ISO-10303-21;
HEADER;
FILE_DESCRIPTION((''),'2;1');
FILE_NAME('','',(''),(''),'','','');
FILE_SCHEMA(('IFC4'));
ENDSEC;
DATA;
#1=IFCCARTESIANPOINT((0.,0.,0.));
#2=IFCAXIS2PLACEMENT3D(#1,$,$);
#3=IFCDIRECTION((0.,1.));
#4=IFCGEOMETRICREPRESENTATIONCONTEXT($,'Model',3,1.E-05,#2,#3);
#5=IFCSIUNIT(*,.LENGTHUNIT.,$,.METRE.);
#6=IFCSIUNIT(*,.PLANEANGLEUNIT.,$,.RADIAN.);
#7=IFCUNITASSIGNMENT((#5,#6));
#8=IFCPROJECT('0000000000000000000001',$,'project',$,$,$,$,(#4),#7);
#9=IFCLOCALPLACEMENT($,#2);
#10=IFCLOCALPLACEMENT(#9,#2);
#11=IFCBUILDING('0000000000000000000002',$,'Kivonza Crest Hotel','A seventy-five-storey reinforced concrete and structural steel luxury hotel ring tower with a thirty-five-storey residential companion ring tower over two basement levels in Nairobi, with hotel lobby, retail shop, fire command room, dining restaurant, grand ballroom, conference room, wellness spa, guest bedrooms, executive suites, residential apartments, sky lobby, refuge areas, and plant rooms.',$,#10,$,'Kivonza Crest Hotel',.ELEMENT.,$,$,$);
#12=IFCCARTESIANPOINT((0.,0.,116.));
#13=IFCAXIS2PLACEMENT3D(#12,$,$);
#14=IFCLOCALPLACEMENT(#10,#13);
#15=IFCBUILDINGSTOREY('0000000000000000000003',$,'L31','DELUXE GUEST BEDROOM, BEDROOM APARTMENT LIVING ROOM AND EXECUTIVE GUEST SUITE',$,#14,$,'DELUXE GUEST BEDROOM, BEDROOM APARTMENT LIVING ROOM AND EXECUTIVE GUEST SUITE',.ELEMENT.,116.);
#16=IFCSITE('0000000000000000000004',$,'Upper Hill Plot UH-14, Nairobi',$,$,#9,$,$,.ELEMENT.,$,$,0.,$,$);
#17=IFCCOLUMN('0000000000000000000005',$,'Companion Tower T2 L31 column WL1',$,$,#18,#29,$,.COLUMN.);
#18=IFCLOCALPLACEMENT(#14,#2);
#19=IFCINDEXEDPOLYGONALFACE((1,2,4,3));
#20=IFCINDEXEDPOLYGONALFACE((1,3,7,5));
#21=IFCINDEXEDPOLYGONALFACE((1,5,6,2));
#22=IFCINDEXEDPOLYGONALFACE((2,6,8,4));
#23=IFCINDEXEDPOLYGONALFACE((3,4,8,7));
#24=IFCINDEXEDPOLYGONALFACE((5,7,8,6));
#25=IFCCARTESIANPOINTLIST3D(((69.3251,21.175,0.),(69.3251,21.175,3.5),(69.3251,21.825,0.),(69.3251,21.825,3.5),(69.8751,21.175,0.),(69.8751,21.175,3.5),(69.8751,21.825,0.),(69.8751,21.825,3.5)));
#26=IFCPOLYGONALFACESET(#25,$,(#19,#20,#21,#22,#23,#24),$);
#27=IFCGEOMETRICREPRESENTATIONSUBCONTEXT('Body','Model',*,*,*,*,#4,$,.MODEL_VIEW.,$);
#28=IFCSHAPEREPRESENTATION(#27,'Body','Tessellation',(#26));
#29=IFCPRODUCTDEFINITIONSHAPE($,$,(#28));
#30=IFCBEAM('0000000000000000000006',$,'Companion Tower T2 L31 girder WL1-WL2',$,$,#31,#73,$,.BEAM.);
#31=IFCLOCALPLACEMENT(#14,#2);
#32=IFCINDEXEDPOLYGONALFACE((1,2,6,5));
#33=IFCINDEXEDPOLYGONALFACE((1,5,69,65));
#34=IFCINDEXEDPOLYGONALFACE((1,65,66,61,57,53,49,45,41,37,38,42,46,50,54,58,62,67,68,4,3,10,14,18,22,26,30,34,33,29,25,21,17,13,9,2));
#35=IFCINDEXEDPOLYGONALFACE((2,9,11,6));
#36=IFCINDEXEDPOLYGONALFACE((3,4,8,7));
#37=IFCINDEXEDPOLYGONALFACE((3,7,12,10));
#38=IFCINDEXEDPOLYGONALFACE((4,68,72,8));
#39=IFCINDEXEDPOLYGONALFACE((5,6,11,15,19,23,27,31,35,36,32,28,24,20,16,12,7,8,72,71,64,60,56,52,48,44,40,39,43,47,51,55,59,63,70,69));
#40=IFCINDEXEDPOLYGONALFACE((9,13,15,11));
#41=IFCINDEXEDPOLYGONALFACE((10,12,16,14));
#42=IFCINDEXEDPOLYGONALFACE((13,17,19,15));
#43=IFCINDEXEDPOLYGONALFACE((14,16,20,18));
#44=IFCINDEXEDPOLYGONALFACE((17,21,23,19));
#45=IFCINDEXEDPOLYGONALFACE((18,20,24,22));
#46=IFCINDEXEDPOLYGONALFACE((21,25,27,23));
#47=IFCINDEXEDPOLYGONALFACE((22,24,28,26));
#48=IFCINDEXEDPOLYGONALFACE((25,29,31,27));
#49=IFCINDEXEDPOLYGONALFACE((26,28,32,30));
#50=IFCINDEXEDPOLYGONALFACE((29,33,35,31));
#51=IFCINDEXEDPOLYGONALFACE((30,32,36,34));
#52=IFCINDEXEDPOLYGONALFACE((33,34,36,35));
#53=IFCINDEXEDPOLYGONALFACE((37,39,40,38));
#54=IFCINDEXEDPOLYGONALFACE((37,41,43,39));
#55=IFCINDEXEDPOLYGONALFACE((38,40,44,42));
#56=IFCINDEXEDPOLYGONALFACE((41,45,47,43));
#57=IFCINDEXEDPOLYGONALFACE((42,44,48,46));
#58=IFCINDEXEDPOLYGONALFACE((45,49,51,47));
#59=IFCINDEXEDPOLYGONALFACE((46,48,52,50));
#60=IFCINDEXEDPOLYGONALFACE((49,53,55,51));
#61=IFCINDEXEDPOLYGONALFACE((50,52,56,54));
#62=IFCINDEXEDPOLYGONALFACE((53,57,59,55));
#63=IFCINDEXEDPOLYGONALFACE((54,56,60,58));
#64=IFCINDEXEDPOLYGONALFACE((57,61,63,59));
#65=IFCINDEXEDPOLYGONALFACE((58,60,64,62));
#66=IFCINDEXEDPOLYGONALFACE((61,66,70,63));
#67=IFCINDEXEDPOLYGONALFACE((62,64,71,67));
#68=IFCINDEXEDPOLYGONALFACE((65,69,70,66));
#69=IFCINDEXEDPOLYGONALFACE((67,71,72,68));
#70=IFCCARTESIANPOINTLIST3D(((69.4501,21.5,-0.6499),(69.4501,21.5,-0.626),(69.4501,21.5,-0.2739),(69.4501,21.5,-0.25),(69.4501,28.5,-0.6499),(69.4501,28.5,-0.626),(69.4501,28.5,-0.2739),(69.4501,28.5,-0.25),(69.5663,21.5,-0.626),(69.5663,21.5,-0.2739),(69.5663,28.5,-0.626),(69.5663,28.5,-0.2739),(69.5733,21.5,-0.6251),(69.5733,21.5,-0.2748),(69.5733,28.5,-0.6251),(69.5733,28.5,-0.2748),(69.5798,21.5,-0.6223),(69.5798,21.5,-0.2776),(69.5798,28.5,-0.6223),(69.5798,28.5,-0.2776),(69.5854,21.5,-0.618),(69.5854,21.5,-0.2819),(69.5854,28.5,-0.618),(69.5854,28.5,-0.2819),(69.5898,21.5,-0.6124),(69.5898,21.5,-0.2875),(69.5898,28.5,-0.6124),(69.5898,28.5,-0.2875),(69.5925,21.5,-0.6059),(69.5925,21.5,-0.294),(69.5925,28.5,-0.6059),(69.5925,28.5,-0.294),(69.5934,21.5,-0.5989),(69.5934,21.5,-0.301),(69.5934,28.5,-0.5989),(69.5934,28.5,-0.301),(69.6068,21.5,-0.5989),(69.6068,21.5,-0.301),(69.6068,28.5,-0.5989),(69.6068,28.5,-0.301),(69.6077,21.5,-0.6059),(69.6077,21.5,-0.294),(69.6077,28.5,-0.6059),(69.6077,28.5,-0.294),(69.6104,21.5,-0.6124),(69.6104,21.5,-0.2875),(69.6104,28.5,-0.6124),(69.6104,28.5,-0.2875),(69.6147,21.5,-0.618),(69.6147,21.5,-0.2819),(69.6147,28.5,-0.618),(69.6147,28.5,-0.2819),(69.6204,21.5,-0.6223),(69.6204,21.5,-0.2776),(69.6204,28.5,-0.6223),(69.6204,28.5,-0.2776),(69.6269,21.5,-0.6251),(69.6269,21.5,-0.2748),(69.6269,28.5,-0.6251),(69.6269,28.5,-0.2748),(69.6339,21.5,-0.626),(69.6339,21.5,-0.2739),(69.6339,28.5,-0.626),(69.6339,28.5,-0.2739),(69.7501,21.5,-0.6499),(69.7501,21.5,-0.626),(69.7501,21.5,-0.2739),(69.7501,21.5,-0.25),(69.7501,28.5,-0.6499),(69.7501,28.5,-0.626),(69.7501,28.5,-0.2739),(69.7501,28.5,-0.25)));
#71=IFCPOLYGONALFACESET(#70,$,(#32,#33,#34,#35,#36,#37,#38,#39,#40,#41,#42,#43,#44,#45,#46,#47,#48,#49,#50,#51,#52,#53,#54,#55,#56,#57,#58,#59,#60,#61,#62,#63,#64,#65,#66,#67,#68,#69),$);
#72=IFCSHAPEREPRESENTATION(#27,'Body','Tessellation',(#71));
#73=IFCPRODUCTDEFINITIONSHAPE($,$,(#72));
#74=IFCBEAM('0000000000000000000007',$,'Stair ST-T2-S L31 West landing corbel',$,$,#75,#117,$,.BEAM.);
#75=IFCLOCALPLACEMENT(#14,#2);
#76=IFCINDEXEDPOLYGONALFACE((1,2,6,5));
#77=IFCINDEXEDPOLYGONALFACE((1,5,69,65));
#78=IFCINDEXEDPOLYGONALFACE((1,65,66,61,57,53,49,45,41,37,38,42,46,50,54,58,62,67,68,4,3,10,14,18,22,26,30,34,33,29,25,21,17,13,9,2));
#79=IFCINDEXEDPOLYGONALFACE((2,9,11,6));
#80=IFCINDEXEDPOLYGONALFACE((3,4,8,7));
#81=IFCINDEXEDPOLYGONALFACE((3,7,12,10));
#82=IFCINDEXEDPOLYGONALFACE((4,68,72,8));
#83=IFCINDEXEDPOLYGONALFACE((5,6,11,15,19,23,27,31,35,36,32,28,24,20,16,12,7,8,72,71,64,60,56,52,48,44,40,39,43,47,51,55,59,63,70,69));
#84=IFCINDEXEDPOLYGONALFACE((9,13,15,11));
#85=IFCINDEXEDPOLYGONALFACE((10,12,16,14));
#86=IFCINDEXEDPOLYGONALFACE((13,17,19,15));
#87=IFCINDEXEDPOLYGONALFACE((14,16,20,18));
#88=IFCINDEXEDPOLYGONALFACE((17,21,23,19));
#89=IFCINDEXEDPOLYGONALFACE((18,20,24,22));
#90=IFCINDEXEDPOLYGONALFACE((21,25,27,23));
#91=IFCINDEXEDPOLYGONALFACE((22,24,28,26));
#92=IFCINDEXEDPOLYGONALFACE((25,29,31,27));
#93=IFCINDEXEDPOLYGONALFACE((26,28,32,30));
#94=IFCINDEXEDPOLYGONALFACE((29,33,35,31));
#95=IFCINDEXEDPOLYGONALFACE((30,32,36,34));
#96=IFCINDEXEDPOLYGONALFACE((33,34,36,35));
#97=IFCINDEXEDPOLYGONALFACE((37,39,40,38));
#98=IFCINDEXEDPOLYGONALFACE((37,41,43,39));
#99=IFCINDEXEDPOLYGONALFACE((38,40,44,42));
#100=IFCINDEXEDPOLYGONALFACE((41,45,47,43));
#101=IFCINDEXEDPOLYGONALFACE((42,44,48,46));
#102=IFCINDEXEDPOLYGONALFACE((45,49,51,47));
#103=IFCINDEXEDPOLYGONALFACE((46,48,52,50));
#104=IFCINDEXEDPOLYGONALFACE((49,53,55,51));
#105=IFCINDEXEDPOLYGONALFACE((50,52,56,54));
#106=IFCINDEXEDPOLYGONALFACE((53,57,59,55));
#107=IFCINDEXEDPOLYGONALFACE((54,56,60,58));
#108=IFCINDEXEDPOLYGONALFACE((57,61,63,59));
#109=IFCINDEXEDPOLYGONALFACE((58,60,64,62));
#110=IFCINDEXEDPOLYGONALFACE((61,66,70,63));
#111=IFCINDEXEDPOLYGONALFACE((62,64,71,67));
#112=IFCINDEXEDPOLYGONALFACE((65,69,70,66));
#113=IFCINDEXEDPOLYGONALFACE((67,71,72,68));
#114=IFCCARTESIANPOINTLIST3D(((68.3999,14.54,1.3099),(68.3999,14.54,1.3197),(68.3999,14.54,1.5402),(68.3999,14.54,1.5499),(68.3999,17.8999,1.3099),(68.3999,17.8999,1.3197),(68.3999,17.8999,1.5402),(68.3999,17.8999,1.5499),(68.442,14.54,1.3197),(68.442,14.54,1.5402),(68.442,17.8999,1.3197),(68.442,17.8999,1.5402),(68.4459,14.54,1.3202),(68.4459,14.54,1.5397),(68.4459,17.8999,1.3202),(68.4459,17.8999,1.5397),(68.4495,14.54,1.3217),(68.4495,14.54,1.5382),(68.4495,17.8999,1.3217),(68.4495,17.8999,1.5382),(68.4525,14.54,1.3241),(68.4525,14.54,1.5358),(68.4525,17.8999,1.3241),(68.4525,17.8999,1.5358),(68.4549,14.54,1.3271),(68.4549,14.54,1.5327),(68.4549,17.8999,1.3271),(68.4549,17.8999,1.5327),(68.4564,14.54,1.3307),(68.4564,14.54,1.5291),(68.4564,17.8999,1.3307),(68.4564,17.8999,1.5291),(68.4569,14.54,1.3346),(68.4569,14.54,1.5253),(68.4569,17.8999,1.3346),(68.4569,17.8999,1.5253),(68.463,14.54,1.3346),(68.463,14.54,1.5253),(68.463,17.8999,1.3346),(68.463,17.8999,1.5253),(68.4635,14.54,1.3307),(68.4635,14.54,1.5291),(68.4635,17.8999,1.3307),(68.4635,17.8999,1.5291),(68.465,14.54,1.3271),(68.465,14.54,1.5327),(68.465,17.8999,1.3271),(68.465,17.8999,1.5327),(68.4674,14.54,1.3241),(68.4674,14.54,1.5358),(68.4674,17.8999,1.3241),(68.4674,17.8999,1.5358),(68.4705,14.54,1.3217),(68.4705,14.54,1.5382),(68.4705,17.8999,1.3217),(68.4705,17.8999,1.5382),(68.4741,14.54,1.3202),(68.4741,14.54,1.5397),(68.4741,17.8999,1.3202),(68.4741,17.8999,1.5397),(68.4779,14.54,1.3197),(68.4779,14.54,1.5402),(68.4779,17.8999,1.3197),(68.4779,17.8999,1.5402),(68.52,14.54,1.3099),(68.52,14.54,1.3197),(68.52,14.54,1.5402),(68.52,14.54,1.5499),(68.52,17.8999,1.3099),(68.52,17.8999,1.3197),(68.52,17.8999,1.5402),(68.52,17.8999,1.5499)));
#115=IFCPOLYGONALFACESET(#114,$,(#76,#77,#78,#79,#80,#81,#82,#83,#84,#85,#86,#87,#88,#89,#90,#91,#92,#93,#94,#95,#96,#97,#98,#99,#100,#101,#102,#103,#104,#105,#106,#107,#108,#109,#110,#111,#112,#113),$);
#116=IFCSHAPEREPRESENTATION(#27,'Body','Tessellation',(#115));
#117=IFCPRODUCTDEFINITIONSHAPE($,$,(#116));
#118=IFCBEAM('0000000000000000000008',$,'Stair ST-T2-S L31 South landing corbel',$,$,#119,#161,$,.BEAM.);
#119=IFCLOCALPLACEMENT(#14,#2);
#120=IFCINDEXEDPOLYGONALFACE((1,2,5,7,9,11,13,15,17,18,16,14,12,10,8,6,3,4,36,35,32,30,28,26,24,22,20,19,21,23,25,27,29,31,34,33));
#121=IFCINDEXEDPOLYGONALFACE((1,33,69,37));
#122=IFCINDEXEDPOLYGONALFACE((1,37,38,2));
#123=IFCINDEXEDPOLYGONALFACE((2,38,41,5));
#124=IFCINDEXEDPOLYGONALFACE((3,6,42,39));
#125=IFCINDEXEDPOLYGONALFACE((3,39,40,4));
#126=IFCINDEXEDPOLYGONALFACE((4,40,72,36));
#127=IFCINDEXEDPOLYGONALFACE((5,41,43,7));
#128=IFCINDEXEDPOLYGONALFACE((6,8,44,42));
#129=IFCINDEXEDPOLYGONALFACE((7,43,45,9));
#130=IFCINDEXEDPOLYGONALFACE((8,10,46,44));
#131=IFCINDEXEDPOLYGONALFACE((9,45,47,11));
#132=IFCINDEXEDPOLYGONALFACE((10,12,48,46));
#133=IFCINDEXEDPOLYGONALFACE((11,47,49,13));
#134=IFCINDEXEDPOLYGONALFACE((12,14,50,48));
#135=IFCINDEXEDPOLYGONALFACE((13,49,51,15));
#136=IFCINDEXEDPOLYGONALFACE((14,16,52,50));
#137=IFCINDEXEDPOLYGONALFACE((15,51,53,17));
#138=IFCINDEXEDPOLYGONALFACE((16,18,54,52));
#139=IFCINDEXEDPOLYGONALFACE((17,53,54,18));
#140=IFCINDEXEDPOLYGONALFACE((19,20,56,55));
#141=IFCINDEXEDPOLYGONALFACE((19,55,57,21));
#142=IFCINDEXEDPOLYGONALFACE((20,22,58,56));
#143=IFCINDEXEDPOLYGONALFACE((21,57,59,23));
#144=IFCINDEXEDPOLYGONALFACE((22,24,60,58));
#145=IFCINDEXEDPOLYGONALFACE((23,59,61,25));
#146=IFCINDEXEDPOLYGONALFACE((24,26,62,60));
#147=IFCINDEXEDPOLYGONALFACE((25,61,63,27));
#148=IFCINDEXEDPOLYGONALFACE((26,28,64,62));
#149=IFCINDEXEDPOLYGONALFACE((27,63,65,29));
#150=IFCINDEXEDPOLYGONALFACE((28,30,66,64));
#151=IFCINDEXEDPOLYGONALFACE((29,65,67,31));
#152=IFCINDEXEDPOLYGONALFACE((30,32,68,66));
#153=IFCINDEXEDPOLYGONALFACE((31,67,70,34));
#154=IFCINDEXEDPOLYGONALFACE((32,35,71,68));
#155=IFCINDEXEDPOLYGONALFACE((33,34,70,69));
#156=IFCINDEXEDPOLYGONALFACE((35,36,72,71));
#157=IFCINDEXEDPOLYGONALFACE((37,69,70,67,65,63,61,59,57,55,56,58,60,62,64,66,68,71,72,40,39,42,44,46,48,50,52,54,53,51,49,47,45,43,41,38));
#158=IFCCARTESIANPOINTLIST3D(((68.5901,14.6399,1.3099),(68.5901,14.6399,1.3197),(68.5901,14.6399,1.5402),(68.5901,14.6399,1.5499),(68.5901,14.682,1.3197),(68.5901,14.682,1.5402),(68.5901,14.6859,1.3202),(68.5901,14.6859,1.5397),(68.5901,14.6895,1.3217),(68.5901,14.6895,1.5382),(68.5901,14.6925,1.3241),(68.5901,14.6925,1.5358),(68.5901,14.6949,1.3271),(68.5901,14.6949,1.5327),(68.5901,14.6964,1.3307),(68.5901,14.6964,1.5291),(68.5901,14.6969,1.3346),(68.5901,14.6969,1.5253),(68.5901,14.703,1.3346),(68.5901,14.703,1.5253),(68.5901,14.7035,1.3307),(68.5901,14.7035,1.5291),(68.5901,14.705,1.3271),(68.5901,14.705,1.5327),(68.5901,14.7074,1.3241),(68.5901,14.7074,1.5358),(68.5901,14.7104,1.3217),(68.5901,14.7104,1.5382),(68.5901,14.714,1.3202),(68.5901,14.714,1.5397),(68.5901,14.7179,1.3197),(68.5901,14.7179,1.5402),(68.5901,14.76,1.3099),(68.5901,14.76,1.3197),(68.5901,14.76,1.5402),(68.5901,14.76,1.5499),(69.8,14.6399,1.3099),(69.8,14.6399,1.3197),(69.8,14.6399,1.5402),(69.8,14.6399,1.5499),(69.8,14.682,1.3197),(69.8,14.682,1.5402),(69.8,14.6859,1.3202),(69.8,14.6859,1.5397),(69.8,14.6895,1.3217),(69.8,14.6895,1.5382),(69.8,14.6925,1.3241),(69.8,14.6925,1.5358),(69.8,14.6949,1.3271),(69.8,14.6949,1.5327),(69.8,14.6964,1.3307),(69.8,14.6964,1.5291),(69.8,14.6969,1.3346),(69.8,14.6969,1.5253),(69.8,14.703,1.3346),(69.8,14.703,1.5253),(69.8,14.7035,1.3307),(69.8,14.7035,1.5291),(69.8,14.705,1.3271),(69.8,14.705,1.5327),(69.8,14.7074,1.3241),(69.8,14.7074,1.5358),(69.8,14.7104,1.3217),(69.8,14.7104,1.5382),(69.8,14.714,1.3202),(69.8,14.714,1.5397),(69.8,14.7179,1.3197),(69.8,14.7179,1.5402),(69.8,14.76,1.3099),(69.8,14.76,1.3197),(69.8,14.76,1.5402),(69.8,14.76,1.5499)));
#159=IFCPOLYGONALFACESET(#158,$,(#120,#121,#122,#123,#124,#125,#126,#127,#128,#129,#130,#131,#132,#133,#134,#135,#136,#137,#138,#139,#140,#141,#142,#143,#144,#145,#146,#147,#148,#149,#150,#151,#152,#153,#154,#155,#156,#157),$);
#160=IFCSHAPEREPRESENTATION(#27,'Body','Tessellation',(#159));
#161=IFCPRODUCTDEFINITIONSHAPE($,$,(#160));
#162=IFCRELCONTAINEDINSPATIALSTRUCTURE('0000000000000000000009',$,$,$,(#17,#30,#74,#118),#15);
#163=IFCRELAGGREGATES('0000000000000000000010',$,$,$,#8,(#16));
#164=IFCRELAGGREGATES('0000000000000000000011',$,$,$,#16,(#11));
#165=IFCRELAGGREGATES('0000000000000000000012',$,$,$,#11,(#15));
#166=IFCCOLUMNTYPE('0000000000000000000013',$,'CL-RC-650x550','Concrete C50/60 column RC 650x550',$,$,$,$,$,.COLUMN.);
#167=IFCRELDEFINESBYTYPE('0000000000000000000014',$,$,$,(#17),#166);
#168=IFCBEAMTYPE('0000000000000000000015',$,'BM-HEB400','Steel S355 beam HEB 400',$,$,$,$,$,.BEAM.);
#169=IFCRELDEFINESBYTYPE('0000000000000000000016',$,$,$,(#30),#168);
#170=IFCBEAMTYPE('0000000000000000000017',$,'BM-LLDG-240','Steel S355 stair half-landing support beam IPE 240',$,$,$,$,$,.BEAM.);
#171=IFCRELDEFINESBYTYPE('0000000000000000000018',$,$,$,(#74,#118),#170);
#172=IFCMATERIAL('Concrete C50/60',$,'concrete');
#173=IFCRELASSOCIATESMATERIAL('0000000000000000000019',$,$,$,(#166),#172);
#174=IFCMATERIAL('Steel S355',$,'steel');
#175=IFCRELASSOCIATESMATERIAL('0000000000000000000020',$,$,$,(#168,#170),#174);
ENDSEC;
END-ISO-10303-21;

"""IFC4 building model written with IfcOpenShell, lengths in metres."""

from ifc_helpers import new_model, si_unit, direction, frame, origin, origin_2d, place, context, subcontext, project, spatial, rectangle, i_section, extrude, material, material_profile, profile_set, type_object, element, save


model = new_model("IFC4")

# Units and contexts
model_context = context("Model", 3, precision=1e-05, world=origin(), true_north=direction((0.0, 1.0)))
body_context = subcontext(model_context, "Body", "Model", "MODEL_VIEW")
ifc_project = project(units=[si_unit("LENGTHUNIT", "METRE"), si_unit("PLANEANGLEUNIT", "RADIAN")], contexts=[model_context])

# Site, building, storey
site_placement = place(None, origin())
site = spatial("IfcSite", under=ifc_project, at=site_placement, Name="Upper Hill Plot UH-14, Nairobi", CompositionType="ELEMENT", RefElevation=0.0)
building_placement = place(site_placement, origin())
building = spatial("IfcBuilding", under=site, at=building_placement, Name="Kivonza Crest Hotel", Description="A seventy-five-storey reinforced concrete and structural steel luxury hotel ring tower with a thirty-five-storey residential companion ring tower over two basement levels in Nairobi, with hotel lobby, retail shop, fire command room, dining restaurant, grand ballroom, conference room, wellness spa, guest bedrooms, executive suites, residential apartments, sky lobby, refuge areas, and plant rooms.", LongName="Kivonza Crest Hotel", CompositionType="ELEMENT")
storey_placement = place(building_placement, frame((0.0, 0.0, 116.0)))
storey = spatial("IfcBuildingStorey", under=building, at=storey_placement, Name="L31", Description="DELUXE GUEST BEDROOM, BEDROOM APARTMENT LIVING ROOM AND EXECUTIVE GUEST SUITE", LongName="DELUXE GUEST BEDROOM, BEDROOM APARTMENT LIVING ROOM AND EXECUTIVE GUEST SUITE", CompositionType="ELEMENT", Elevation=116.0)

# Column
ifc_material_1 = material(Name="Concrete C50/60", Category="concrete")
ifc_material_profile_1 = material_profile(ifc_material_1, rectangle(XDim=0.55, YDim=0.6499, at=origin_2d()), Name="RC 650x550")
ifc_profile_set_1 = profile_set([ifc_material_profile_1], Name="Concrete C50/60")
column_type = type_object("IfcColumnType", Name="CL-RC-650x550", Description="Concrete C50/60 column RC 650x550", PredefinedType="COLUMN", material=ifc_profile_set_1)
column_placement = place(storey_placement, frame((69.6001, 21.5, 0.0), z_axis=(0.0, 0.0, 1.0), x_axis=(1.0, 0.0, 0.0)))
element("IfcColumn", 1, at=column_placement, inside=storey, type_object=column_type, Name="Companion Tower T2 L31 column WL1", PredefinedType="COLUMN", context=body_context, shape_type="SweptSolid", body=[
    extrude(rectangle(XDim=0.55, YDim=0.6499, at=origin_2d()), origin(), (0.0, 0.0, 1.0), 3.5),
])

# Beams
ifc_material_2 = material(Name="Steel S355", Category="steel")
ifc_material_profile_2 = material_profile(ifc_material_2, i_section(OverallWidth=0.3, OverallDepth=0.3999, WebThickness=0.0134, FlangeThickness=0.0239, FilletRadius=0.0271, at=origin_2d()), Name="HEB 400")
ifc_profile_set_2 = profile_set([ifc_material_profile_2], Name="Steel S355")
beam_type_1 = type_object("IfcBeamType", Name="BM-HEB400", Description="Steel S355 beam HEB 400", PredefinedType="BEAM", material=ifc_profile_set_2)
beam_1_placement = place(storey_placement, frame((69.6001, 21.5, -0.45), z_axis=(0.0, 1.0, 0.0), x_axis=(-1.0, 0.0, 0.0)))
element("IfcBeam", 2, at=beam_1_placement, inside=storey, type_object=beam_type_1, Name="Companion Tower T2 L31 girder WL1-WL2", PredefinedType="BEAM", context=body_context, shape_type="SweptSolid", body=[
    extrude(i_section(OverallWidth=0.3, OverallDepth=0.3999, WebThickness=0.0134, FlangeThickness=0.0239, FilletRadius=0.0271, at=origin_2d()), origin(), (0.0, 0.0, 1.0), 7.0),
])
ifc_material_profile_3 = material_profile(ifc_material_2, i_section(OverallWidth=0.1201, OverallDepth=0.24, WebThickness=0.0061, FlangeThickness=0.0098, FilletRadius=0.0149, at=origin_2d()), Name="IPE 240")
ifc_profile_set_3 = profile_set([ifc_material_profile_3], Name="Steel S355")
beam_type_2 = type_object("IfcBeamType", Name="BM-LLDG-240", Description="Steel S355 stair half-landing support beam IPE 240", PredefinedType="BEAM", material=ifc_profile_set_3)
beam_2_placement = place(storey_placement, frame((68.46, 14.54, 1.4299), z_axis=(0.0, 1.0, 0.0), x_axis=(-1.0, 0.0, 0.0)))
element("IfcBeam", 3, at=beam_2_placement, inside=storey, type_object=beam_type_2, Name="Stair ST-T2-S L31 West landing corbel", PredefinedType="BEAM", context=body_context, shape_type="SweptSolid", body=[
    extrude(i_section(OverallWidth=0.1201, OverallDepth=0.24, WebThickness=0.0061, FlangeThickness=0.0098, FilletRadius=0.0149, at=origin_2d()), origin(), (0.0, 0.0, 1.0), 3.3599),
])
for number, where, z_axis, x_axis, name in (
    (4, (68.5901, 14.7, 1.4299), (1.0, 0.0, 0.0), (0.0, 1.0, 0.0), "Stair ST-T2-S L31 South landing corbel"),
):
    element("IfcBeam", number, at=place(storey_placement, frame(where, z_axis=z_axis, x_axis=x_axis)), inside=storey, type_object=beam_type_2, Name=name, PredefinedType="BEAM", context=body_context, shape_type="SweptSolid", body=[
        extrude(i_section(OverallWidth=0.1201, OverallDepth=0.24, WebThickness=0.0061, FlangeThickness=0.0098, FilletRadius=0.0149, at=origin_2d()), origin(), (0.0, 0.0, 1.0), 1.21),
    ])

save(model, "model.ifc")
